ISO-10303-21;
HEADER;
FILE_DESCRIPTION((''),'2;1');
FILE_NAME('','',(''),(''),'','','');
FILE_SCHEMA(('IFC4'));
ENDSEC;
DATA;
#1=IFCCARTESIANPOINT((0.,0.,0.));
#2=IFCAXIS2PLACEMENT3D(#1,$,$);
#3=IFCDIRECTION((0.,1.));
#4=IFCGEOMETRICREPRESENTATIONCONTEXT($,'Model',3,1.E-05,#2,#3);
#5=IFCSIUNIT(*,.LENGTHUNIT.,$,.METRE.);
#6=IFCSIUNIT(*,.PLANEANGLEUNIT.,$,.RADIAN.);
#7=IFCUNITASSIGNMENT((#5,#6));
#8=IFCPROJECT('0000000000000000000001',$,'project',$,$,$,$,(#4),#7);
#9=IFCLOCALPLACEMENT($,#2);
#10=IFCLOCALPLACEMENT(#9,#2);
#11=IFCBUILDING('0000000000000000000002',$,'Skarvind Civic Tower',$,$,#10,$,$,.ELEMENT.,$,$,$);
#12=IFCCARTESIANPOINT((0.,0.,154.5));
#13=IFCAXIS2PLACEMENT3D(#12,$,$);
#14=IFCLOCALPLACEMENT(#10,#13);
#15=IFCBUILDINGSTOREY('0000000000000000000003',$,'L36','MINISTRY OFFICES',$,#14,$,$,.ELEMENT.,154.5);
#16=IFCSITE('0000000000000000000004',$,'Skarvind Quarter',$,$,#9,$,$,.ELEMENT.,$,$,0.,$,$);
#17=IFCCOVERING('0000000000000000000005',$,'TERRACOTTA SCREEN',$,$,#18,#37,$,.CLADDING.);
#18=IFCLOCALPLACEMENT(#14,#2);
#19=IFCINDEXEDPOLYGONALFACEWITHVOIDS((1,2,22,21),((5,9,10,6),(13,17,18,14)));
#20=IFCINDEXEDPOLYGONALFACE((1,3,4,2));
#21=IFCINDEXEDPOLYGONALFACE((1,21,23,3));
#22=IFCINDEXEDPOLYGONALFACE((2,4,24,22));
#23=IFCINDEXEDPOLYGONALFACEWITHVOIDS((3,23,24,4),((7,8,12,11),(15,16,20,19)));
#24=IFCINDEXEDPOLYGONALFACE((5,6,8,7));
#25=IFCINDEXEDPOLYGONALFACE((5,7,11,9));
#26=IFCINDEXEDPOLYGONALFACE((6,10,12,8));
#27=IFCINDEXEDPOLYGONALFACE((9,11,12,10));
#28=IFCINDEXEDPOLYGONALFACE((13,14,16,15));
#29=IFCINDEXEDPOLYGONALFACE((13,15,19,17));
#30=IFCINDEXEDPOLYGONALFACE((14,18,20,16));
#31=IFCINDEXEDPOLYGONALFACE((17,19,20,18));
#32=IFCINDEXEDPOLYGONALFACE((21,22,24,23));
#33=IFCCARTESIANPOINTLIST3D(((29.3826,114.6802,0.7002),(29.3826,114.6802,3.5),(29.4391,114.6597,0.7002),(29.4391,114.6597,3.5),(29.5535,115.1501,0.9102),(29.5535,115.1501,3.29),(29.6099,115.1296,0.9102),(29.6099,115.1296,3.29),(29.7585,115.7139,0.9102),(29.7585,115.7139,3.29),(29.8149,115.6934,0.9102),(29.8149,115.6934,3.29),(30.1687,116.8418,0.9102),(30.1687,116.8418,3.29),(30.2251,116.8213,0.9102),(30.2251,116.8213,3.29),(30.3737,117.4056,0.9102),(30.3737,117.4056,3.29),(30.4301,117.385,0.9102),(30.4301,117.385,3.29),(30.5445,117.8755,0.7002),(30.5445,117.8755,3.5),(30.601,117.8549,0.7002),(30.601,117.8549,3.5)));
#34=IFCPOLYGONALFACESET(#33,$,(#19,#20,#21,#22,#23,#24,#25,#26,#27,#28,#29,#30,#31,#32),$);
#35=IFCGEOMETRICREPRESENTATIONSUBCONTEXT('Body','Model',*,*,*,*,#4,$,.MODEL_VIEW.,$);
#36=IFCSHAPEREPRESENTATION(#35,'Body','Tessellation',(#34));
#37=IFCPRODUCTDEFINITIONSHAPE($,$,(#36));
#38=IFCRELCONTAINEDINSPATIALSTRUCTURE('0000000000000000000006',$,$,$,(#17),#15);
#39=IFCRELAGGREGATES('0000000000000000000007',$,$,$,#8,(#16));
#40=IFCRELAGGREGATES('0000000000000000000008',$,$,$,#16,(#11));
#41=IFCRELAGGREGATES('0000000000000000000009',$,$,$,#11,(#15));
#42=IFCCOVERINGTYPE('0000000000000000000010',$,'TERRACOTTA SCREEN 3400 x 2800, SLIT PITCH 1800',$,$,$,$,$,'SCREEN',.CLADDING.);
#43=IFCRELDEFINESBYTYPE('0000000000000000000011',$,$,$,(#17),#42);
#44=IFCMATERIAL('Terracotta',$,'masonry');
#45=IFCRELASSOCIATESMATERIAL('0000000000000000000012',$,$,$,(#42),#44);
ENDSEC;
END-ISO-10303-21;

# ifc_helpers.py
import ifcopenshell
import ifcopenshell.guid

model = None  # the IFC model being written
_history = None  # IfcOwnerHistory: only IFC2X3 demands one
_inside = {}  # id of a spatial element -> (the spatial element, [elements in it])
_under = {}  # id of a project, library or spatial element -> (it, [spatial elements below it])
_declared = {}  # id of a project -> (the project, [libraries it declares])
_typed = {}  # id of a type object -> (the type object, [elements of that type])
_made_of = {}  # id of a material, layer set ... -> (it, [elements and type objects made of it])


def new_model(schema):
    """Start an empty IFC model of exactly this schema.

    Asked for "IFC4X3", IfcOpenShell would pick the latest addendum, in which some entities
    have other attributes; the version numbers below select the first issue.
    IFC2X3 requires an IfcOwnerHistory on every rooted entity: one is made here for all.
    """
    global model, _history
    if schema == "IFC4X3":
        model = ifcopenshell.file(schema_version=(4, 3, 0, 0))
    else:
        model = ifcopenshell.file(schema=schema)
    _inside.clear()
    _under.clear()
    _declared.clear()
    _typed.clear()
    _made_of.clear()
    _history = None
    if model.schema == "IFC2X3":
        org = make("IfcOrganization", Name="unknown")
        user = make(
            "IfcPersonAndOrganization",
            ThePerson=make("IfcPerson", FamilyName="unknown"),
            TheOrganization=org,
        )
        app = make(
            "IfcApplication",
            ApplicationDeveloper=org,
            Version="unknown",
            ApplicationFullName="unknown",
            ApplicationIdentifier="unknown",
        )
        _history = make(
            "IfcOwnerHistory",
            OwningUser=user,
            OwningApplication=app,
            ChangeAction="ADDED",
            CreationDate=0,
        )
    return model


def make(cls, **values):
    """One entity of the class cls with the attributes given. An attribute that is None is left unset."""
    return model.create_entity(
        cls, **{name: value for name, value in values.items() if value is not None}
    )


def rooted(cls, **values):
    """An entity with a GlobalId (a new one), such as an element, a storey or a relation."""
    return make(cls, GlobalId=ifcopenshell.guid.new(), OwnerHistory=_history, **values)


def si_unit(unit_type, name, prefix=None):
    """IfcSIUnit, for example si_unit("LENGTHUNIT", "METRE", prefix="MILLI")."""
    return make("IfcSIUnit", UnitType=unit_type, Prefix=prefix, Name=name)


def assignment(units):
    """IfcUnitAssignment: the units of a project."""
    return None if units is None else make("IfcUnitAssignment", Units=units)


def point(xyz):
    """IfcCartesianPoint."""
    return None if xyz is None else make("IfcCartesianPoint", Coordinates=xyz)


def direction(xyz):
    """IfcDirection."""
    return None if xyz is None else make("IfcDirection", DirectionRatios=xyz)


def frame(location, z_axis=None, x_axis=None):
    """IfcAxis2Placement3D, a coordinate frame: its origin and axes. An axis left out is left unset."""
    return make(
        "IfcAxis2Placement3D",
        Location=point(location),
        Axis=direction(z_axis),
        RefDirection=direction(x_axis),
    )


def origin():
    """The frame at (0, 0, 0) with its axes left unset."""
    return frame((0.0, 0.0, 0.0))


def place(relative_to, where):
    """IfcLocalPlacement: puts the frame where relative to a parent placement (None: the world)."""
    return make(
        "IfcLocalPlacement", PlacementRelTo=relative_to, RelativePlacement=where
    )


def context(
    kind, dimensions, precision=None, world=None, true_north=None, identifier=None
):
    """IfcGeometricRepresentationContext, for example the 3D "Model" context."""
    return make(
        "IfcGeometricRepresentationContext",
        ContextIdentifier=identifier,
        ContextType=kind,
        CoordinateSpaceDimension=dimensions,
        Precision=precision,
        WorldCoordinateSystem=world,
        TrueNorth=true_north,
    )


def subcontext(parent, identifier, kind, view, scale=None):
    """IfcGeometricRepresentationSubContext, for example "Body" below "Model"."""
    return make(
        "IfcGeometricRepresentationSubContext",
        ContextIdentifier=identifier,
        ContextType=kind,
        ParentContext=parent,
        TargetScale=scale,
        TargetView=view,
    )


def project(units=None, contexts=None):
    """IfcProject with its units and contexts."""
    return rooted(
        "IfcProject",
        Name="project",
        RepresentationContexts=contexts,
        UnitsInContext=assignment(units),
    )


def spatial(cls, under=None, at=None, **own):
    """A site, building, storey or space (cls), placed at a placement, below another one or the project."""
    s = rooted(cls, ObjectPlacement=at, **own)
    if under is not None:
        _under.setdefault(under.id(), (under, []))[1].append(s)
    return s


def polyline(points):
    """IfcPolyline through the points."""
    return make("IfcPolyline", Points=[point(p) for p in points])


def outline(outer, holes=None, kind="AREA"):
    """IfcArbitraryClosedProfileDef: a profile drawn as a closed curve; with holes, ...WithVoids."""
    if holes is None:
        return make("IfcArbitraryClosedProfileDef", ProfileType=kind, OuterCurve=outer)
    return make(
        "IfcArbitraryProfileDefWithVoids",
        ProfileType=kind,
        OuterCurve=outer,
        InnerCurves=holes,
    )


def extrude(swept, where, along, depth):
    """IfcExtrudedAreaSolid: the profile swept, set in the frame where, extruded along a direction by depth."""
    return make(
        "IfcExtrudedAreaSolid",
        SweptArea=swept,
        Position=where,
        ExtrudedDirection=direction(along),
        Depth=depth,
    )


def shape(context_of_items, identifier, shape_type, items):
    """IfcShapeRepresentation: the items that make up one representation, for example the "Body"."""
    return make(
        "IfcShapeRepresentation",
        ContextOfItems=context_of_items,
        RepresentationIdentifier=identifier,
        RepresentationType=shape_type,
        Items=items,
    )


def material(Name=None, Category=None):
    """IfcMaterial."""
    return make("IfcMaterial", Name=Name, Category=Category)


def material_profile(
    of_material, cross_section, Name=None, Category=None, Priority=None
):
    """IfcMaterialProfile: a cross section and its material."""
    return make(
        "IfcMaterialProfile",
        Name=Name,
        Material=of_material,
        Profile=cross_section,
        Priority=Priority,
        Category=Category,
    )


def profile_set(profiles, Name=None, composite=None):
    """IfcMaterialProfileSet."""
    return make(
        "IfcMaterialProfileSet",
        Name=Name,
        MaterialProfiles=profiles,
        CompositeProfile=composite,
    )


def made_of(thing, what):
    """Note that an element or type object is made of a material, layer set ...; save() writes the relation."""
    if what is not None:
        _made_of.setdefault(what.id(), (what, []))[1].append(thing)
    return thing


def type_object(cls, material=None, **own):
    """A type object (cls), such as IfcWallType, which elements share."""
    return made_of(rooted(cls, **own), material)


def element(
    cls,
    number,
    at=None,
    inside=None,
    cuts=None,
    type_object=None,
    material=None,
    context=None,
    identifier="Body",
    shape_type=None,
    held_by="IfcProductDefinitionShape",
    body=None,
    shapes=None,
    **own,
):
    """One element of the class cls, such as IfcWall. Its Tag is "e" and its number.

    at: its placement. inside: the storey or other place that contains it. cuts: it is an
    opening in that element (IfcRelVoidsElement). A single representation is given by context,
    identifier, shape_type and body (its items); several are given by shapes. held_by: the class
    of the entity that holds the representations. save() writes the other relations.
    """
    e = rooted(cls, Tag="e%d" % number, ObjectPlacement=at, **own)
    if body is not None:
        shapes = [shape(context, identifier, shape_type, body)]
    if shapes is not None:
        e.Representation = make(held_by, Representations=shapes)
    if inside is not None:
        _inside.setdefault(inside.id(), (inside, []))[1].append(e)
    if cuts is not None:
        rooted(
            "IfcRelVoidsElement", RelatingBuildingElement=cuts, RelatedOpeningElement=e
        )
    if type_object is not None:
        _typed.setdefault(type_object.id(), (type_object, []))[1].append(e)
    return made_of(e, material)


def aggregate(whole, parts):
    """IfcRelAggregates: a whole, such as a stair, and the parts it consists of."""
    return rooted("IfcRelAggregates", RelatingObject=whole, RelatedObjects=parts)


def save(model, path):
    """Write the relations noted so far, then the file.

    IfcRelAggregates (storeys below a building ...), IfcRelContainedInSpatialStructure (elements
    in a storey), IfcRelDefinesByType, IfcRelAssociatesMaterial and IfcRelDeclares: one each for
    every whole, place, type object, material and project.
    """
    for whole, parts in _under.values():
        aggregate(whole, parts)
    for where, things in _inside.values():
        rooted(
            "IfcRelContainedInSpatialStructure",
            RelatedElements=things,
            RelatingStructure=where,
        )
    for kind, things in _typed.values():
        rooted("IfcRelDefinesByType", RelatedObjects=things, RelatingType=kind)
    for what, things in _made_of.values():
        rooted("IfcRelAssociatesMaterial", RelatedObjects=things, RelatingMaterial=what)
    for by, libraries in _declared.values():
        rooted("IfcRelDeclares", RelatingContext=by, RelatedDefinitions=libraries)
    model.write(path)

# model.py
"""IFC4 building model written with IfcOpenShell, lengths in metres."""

from ifc_helpers import new_model, si_unit, direction, frame, origin, place, context, subcontext, project, spatial, polyline, outline, extrude, material, material_profile, profile_set, type_object, element, save


model = new_model("IFC4")

# Units and contexts
model_context = context("Model", 3, precision=1e-05, world=origin(), true_north=direction((0.0, 1.0)))
body_context = subcontext(model_context, "Body", "Model", "MODEL_VIEW")
ifc_project = project(units=[si_unit("LENGTHUNIT", "METRE"), si_unit("PLANEANGLEUNIT", "RADIAN")], contexts=[model_context])

# Site, building, storey
site_placement = place(None, origin())
site = spatial("IfcSite", under=ifc_project, at=site_placement, Name="Skarvind Quarter", CompositionType="ELEMENT", RefElevation=0.0)
building_placement = place(site_placement, origin())
building = spatial("IfcBuilding", under=site, at=building_placement, Name="Skarvind Civic Tower", CompositionType="ELEMENT")
storey_placement = place(building_placement, frame((0.0, 0.0, 154.5)))
storey = spatial("IfcBuildingStorey", under=building, at=storey_placement, Name="L36", Description="MINISTRY OFFICES", CompositionType="ELEMENT", Elevation=154.5)

# Covering
ifc_material_1 = material(Name="Terracotta", Category="masonry")
ifc_material_profile_1 = material_profile(ifc_material_1, outline(polyline([(-1.7, -1.3999), (1.7, -1.3999), (1.7, 1.3999), (-1.7, 1.3999), (-1.7, -1.3999)]), holes=[polyline([(-1.2, -1.1899), (-0.6001, -1.1899), (-0.6001, 1.1899), (-1.2, 1.1899), (-1.2, -1.1899)]), polyline([(0.6001, -1.1899), (1.2, -1.1899), (1.2, 1.1899), (0.6001, 1.1899), (0.6001, -1.1899)])]), Name="TERRACOTTA SCREEN 3400 x 2800, SLIT PITCH 1800")
ifc_profile_set_1 = profile_set([ifc_material_profile_1], Name="Terracotta")
covering_type = type_object("IfcCoveringType", Name="TERRACOTTA SCREEN 3400 x 2800, SLIT PITCH 1800", ElementType="SCREEN", PredefinedType="CLADDING", material=ifc_profile_set_1)
covering_placement = place(storey_placement, frame((30.02, 116.2573, 2.1001), z_axis=(-0.939793, 0.341743, 0.0), x_axis=(-0.341743, -0.939793, 0.0)))
element("IfcCovering", 1, at=covering_placement, inside=storey, type_object=covering_type, Name="TERRACOTTA SCREEN", PredefinedType="CLADDING", context=body_context, shape_type="SweptSolid", body=[
    extrude(outline(polyline([(-1.7, -1.3999), (1.7, -1.3999), (1.7, 1.3999), (-1.7, 1.3999), (-1.7, -1.3999)]), holes=[polyline([(-1.2, -1.1899), (-0.6001, -1.1899), (-0.6001, 1.1899), (-1.2, 1.1899), (-1.2, -1.1899)]), polyline([(0.6001, -1.1899), (1.2, -1.1899), (1.2, 1.1899), (0.6001, 1.1899), (0.6001, -1.1899)])]), origin(), (0.0, 0.0, 1.0), 0.0601),
])

save(model, "model.ifc")
